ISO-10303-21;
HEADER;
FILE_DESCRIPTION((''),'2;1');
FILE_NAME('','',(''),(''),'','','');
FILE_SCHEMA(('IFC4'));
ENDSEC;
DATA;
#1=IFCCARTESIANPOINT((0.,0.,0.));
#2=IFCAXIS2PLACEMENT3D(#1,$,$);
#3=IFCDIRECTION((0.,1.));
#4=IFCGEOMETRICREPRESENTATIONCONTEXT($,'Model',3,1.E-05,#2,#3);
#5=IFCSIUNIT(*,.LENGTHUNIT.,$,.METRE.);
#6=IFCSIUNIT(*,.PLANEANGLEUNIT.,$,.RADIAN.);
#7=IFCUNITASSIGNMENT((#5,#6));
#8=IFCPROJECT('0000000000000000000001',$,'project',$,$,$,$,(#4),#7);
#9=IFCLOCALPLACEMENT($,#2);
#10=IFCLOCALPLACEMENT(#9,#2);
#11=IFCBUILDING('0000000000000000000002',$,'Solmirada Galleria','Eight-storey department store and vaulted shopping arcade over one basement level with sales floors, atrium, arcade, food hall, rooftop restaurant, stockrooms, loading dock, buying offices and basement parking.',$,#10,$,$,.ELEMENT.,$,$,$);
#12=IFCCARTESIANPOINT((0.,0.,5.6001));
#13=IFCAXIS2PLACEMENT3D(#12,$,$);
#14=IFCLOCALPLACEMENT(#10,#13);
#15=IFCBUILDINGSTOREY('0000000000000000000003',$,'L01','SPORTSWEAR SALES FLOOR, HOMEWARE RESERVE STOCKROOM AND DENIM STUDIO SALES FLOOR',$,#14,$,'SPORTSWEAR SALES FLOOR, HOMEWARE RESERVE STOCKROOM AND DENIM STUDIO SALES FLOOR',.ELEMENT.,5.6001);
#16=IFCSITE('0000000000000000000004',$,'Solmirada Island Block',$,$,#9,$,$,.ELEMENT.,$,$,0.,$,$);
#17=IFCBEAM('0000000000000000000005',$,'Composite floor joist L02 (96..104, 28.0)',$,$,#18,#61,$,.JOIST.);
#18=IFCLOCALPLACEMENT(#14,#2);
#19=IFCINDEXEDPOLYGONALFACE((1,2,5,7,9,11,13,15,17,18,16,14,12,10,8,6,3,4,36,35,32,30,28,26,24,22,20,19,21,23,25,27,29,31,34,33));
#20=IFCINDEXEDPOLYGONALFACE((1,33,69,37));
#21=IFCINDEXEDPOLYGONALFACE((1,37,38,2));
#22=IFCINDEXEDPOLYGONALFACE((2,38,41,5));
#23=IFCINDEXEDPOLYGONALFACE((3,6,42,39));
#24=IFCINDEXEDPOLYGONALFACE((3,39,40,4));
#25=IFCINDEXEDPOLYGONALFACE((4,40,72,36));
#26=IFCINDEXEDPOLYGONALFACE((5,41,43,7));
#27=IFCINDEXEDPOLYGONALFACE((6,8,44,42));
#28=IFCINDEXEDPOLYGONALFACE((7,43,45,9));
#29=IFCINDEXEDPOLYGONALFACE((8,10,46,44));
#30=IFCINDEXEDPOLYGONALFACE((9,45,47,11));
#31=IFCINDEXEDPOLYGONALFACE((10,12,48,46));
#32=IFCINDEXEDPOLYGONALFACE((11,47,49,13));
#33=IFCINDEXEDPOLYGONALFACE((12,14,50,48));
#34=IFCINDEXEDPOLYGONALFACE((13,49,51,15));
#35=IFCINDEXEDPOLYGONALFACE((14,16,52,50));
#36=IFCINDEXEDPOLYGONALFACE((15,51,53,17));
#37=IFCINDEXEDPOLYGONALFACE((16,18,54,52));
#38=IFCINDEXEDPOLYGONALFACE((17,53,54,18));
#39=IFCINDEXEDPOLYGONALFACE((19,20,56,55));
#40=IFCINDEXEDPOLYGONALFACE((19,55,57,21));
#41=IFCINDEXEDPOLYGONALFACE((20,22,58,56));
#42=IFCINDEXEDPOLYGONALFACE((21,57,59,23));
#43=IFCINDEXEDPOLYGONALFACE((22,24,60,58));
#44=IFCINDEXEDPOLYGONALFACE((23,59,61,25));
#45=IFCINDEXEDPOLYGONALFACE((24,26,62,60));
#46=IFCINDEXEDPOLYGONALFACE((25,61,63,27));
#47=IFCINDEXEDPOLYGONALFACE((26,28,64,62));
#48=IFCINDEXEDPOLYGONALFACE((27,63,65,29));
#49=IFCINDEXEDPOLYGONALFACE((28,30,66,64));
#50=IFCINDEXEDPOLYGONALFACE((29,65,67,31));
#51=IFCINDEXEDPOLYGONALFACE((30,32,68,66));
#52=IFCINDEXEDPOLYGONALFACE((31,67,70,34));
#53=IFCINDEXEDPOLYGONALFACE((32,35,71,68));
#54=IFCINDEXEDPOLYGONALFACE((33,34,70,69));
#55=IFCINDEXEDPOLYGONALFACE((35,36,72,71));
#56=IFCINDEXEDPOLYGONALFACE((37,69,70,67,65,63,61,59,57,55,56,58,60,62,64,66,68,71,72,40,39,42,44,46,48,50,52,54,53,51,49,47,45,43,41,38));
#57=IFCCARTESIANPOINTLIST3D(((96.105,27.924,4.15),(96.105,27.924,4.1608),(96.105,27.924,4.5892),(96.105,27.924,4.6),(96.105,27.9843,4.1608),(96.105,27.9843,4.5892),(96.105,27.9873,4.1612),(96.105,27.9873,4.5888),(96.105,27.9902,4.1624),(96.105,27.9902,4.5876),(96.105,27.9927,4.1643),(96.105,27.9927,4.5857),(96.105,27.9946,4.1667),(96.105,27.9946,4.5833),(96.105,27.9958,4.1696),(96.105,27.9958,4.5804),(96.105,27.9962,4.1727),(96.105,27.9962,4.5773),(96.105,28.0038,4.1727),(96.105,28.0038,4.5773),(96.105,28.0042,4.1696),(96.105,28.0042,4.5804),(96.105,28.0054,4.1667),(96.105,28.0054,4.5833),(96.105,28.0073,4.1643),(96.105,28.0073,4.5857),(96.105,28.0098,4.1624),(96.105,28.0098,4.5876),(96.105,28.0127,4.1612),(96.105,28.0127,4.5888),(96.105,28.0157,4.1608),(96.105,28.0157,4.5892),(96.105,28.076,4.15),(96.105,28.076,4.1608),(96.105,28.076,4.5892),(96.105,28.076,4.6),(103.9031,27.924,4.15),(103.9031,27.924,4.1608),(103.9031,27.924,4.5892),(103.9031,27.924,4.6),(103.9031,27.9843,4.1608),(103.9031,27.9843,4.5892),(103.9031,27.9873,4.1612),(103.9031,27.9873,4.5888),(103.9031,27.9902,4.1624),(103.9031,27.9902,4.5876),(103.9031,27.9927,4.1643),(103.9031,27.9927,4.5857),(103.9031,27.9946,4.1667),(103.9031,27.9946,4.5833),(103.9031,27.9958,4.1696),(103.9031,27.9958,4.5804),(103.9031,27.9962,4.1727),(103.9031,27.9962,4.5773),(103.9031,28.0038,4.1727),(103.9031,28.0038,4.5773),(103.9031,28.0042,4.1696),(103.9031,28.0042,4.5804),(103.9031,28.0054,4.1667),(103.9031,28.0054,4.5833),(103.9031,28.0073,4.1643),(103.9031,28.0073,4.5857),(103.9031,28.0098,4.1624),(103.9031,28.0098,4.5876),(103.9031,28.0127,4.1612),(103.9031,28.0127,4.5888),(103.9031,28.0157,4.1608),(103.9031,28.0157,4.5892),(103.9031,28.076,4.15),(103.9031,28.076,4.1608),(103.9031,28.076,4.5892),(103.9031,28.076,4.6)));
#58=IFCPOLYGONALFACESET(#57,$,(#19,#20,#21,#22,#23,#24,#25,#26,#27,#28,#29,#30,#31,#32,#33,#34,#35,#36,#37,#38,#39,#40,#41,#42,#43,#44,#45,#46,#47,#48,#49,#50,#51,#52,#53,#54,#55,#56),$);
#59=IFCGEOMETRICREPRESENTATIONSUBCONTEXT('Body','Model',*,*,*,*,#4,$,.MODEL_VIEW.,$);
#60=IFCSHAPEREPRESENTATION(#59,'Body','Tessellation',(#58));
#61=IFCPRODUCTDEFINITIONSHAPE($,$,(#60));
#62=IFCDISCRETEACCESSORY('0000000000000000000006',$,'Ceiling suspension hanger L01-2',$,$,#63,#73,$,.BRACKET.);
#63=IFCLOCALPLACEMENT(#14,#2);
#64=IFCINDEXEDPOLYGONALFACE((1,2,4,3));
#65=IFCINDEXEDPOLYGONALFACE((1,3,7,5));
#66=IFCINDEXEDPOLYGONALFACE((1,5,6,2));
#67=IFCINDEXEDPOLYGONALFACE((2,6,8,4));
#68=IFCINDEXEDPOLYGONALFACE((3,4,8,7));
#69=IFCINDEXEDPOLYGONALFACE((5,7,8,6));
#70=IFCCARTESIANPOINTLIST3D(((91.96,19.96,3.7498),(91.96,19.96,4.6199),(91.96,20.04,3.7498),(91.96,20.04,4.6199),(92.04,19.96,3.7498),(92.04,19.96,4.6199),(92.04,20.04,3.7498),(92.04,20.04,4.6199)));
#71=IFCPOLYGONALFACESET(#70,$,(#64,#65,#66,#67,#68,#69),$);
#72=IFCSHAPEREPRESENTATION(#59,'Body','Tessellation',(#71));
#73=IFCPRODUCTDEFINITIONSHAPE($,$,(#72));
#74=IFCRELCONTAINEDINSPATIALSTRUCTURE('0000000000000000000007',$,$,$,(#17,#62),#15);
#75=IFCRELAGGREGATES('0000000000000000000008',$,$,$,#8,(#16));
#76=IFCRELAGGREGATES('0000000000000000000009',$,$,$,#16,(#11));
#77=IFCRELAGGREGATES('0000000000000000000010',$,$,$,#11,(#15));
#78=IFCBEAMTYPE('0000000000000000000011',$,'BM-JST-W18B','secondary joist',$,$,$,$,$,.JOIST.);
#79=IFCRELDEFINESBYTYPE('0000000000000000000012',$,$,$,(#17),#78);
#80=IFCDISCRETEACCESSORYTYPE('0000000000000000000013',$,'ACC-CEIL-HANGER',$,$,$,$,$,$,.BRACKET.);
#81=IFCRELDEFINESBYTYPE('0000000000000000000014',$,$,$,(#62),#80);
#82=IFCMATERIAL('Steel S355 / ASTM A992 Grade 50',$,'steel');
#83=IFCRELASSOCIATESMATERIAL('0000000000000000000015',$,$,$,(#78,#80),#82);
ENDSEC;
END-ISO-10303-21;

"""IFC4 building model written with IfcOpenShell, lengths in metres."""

from ifc_helpers import new_model, si_unit, direction, frame, origin, origin_2d, place, context, subcontext, project, spatial, rectangle, i_section, extrude, material, material_profile, profile_set, type_object, element, save


model = new_model("IFC4")

# Units and contexts
model_context = context("Model", 3, precision=1e-05, world=origin(), true_north=direction((0.0, 1.0)))
body_context = subcontext(model_context, "Body", "Model", "MODEL_VIEW")
ifc_project = project(units=[si_unit("LENGTHUNIT", "METRE"), si_unit("PLANEANGLEUNIT", "RADIAN")], contexts=[model_context])

# Site, building, storey
site_placement = place(None, origin())
site = spatial("IfcSite", under=ifc_project, at=site_placement, Name="Solmirada Island Block", CompositionType="ELEMENT", RefElevation=0.0)
building_placement = place(site_placement, origin())
building = spatial("IfcBuilding", under=site, at=building_placement, Name="Solmirada Galleria", Description="Eight-storey department store and vaulted shopping arcade over one basement level with sales floors, atrium, arcade, food hall, rooftop restaurant, stockrooms, loading dock, buying offices and basement parking.", CompositionType="ELEMENT")
storey_placement = place(building_placement, frame((0.0, 0.0, 5.6001)))
storey = spatial("IfcBuildingStorey", under=building, at=storey_placement, Name="L01", Description="SPORTSWEAR SALES FLOOR, HOMEWARE RESERVE STOCKROOM AND DENIM STUDIO SALES FLOOR", LongName="SPORTSWEAR SALES FLOOR, HOMEWARE RESERVE STOCKROOM AND DENIM STUDIO SALES FLOOR", CompositionType="ELEMENT", Elevation=5.6001)

# Beam
ifc_material_1 = material(Name="Steel S355 / ASTM A992 Grade 50", Category="steel")
ifc_material_profile_1 = material_profile(ifc_material_1, i_section(OverallWidth=0.1521, OverallDepth=0.45, WebThickness=0.0076, FlangeThickness=0.0107, FilletRadius=0.012, at=origin_2d()), Name="W18X35")
ifc_profile_set_1 = profile_set([ifc_material_profile_1], Name="Steel S355 / ASTM A992 Grade 50")
beam_type_1 = type_object("IfcBeamType", Name="BM-JST-W18B", Description="secondary joist", PredefinedType="JOIST", material=ifc_profile_set_1)
for number, where, z_axis, x_axis, name in (
    (1, (96.105, 28.0, 4.375), (1.0, 0.0, 0.0), (0.0, 1.0, 0.0), "Composite floor joist L02 (96..104, 28.0)"),
):
    element("IfcBeam", number, at=place(storey_placement, frame(where, z_axis=z_axis, x_axis=x_axis)), inside=storey, type_object=beam_type_1, Name=name, PredefinedType="JOIST", context=body_context, shape_type="SweptSolid", body=[
        extrude(i_section(OverallWidth=0.1521, OverallDepth=0.45, WebThickness=0.0076, FlangeThickness=0.0107, FilletRadius=0.012, at=origin_2d()), origin(), (0.0, 0.0, 1.0), 7.7981),
    ])

# Discrete accessory
discrete_accessory_type = type_object("IfcDiscreteAccessoryType", Name="ACC-CEIL-HANGER", PredefinedType="BRACKET", material=ifc_material_1)
discrete_accessory_placement = place(storey_placement, frame((92.0, 20.0, 3.7498), z_axis=(0.0, 0.0, 1.0), x_axis=(1.0, 0.0, 0.0)))
element("IfcDiscreteAccessory", 2, at=discrete_accessory_placement, inside=storey, type_object=discrete_accessory_type, Name="Ceiling suspension hanger L01-2", PredefinedType="BRACKET", context=body_context, shape_type="SweptSolid", body=[
    extrude(rectangle(XDim=0.0801, YDim=0.0801, at=origin_2d()), origin(), (0.0, 0.0, 1.0), 0.8701),
])

save(model, "model.ifc")
